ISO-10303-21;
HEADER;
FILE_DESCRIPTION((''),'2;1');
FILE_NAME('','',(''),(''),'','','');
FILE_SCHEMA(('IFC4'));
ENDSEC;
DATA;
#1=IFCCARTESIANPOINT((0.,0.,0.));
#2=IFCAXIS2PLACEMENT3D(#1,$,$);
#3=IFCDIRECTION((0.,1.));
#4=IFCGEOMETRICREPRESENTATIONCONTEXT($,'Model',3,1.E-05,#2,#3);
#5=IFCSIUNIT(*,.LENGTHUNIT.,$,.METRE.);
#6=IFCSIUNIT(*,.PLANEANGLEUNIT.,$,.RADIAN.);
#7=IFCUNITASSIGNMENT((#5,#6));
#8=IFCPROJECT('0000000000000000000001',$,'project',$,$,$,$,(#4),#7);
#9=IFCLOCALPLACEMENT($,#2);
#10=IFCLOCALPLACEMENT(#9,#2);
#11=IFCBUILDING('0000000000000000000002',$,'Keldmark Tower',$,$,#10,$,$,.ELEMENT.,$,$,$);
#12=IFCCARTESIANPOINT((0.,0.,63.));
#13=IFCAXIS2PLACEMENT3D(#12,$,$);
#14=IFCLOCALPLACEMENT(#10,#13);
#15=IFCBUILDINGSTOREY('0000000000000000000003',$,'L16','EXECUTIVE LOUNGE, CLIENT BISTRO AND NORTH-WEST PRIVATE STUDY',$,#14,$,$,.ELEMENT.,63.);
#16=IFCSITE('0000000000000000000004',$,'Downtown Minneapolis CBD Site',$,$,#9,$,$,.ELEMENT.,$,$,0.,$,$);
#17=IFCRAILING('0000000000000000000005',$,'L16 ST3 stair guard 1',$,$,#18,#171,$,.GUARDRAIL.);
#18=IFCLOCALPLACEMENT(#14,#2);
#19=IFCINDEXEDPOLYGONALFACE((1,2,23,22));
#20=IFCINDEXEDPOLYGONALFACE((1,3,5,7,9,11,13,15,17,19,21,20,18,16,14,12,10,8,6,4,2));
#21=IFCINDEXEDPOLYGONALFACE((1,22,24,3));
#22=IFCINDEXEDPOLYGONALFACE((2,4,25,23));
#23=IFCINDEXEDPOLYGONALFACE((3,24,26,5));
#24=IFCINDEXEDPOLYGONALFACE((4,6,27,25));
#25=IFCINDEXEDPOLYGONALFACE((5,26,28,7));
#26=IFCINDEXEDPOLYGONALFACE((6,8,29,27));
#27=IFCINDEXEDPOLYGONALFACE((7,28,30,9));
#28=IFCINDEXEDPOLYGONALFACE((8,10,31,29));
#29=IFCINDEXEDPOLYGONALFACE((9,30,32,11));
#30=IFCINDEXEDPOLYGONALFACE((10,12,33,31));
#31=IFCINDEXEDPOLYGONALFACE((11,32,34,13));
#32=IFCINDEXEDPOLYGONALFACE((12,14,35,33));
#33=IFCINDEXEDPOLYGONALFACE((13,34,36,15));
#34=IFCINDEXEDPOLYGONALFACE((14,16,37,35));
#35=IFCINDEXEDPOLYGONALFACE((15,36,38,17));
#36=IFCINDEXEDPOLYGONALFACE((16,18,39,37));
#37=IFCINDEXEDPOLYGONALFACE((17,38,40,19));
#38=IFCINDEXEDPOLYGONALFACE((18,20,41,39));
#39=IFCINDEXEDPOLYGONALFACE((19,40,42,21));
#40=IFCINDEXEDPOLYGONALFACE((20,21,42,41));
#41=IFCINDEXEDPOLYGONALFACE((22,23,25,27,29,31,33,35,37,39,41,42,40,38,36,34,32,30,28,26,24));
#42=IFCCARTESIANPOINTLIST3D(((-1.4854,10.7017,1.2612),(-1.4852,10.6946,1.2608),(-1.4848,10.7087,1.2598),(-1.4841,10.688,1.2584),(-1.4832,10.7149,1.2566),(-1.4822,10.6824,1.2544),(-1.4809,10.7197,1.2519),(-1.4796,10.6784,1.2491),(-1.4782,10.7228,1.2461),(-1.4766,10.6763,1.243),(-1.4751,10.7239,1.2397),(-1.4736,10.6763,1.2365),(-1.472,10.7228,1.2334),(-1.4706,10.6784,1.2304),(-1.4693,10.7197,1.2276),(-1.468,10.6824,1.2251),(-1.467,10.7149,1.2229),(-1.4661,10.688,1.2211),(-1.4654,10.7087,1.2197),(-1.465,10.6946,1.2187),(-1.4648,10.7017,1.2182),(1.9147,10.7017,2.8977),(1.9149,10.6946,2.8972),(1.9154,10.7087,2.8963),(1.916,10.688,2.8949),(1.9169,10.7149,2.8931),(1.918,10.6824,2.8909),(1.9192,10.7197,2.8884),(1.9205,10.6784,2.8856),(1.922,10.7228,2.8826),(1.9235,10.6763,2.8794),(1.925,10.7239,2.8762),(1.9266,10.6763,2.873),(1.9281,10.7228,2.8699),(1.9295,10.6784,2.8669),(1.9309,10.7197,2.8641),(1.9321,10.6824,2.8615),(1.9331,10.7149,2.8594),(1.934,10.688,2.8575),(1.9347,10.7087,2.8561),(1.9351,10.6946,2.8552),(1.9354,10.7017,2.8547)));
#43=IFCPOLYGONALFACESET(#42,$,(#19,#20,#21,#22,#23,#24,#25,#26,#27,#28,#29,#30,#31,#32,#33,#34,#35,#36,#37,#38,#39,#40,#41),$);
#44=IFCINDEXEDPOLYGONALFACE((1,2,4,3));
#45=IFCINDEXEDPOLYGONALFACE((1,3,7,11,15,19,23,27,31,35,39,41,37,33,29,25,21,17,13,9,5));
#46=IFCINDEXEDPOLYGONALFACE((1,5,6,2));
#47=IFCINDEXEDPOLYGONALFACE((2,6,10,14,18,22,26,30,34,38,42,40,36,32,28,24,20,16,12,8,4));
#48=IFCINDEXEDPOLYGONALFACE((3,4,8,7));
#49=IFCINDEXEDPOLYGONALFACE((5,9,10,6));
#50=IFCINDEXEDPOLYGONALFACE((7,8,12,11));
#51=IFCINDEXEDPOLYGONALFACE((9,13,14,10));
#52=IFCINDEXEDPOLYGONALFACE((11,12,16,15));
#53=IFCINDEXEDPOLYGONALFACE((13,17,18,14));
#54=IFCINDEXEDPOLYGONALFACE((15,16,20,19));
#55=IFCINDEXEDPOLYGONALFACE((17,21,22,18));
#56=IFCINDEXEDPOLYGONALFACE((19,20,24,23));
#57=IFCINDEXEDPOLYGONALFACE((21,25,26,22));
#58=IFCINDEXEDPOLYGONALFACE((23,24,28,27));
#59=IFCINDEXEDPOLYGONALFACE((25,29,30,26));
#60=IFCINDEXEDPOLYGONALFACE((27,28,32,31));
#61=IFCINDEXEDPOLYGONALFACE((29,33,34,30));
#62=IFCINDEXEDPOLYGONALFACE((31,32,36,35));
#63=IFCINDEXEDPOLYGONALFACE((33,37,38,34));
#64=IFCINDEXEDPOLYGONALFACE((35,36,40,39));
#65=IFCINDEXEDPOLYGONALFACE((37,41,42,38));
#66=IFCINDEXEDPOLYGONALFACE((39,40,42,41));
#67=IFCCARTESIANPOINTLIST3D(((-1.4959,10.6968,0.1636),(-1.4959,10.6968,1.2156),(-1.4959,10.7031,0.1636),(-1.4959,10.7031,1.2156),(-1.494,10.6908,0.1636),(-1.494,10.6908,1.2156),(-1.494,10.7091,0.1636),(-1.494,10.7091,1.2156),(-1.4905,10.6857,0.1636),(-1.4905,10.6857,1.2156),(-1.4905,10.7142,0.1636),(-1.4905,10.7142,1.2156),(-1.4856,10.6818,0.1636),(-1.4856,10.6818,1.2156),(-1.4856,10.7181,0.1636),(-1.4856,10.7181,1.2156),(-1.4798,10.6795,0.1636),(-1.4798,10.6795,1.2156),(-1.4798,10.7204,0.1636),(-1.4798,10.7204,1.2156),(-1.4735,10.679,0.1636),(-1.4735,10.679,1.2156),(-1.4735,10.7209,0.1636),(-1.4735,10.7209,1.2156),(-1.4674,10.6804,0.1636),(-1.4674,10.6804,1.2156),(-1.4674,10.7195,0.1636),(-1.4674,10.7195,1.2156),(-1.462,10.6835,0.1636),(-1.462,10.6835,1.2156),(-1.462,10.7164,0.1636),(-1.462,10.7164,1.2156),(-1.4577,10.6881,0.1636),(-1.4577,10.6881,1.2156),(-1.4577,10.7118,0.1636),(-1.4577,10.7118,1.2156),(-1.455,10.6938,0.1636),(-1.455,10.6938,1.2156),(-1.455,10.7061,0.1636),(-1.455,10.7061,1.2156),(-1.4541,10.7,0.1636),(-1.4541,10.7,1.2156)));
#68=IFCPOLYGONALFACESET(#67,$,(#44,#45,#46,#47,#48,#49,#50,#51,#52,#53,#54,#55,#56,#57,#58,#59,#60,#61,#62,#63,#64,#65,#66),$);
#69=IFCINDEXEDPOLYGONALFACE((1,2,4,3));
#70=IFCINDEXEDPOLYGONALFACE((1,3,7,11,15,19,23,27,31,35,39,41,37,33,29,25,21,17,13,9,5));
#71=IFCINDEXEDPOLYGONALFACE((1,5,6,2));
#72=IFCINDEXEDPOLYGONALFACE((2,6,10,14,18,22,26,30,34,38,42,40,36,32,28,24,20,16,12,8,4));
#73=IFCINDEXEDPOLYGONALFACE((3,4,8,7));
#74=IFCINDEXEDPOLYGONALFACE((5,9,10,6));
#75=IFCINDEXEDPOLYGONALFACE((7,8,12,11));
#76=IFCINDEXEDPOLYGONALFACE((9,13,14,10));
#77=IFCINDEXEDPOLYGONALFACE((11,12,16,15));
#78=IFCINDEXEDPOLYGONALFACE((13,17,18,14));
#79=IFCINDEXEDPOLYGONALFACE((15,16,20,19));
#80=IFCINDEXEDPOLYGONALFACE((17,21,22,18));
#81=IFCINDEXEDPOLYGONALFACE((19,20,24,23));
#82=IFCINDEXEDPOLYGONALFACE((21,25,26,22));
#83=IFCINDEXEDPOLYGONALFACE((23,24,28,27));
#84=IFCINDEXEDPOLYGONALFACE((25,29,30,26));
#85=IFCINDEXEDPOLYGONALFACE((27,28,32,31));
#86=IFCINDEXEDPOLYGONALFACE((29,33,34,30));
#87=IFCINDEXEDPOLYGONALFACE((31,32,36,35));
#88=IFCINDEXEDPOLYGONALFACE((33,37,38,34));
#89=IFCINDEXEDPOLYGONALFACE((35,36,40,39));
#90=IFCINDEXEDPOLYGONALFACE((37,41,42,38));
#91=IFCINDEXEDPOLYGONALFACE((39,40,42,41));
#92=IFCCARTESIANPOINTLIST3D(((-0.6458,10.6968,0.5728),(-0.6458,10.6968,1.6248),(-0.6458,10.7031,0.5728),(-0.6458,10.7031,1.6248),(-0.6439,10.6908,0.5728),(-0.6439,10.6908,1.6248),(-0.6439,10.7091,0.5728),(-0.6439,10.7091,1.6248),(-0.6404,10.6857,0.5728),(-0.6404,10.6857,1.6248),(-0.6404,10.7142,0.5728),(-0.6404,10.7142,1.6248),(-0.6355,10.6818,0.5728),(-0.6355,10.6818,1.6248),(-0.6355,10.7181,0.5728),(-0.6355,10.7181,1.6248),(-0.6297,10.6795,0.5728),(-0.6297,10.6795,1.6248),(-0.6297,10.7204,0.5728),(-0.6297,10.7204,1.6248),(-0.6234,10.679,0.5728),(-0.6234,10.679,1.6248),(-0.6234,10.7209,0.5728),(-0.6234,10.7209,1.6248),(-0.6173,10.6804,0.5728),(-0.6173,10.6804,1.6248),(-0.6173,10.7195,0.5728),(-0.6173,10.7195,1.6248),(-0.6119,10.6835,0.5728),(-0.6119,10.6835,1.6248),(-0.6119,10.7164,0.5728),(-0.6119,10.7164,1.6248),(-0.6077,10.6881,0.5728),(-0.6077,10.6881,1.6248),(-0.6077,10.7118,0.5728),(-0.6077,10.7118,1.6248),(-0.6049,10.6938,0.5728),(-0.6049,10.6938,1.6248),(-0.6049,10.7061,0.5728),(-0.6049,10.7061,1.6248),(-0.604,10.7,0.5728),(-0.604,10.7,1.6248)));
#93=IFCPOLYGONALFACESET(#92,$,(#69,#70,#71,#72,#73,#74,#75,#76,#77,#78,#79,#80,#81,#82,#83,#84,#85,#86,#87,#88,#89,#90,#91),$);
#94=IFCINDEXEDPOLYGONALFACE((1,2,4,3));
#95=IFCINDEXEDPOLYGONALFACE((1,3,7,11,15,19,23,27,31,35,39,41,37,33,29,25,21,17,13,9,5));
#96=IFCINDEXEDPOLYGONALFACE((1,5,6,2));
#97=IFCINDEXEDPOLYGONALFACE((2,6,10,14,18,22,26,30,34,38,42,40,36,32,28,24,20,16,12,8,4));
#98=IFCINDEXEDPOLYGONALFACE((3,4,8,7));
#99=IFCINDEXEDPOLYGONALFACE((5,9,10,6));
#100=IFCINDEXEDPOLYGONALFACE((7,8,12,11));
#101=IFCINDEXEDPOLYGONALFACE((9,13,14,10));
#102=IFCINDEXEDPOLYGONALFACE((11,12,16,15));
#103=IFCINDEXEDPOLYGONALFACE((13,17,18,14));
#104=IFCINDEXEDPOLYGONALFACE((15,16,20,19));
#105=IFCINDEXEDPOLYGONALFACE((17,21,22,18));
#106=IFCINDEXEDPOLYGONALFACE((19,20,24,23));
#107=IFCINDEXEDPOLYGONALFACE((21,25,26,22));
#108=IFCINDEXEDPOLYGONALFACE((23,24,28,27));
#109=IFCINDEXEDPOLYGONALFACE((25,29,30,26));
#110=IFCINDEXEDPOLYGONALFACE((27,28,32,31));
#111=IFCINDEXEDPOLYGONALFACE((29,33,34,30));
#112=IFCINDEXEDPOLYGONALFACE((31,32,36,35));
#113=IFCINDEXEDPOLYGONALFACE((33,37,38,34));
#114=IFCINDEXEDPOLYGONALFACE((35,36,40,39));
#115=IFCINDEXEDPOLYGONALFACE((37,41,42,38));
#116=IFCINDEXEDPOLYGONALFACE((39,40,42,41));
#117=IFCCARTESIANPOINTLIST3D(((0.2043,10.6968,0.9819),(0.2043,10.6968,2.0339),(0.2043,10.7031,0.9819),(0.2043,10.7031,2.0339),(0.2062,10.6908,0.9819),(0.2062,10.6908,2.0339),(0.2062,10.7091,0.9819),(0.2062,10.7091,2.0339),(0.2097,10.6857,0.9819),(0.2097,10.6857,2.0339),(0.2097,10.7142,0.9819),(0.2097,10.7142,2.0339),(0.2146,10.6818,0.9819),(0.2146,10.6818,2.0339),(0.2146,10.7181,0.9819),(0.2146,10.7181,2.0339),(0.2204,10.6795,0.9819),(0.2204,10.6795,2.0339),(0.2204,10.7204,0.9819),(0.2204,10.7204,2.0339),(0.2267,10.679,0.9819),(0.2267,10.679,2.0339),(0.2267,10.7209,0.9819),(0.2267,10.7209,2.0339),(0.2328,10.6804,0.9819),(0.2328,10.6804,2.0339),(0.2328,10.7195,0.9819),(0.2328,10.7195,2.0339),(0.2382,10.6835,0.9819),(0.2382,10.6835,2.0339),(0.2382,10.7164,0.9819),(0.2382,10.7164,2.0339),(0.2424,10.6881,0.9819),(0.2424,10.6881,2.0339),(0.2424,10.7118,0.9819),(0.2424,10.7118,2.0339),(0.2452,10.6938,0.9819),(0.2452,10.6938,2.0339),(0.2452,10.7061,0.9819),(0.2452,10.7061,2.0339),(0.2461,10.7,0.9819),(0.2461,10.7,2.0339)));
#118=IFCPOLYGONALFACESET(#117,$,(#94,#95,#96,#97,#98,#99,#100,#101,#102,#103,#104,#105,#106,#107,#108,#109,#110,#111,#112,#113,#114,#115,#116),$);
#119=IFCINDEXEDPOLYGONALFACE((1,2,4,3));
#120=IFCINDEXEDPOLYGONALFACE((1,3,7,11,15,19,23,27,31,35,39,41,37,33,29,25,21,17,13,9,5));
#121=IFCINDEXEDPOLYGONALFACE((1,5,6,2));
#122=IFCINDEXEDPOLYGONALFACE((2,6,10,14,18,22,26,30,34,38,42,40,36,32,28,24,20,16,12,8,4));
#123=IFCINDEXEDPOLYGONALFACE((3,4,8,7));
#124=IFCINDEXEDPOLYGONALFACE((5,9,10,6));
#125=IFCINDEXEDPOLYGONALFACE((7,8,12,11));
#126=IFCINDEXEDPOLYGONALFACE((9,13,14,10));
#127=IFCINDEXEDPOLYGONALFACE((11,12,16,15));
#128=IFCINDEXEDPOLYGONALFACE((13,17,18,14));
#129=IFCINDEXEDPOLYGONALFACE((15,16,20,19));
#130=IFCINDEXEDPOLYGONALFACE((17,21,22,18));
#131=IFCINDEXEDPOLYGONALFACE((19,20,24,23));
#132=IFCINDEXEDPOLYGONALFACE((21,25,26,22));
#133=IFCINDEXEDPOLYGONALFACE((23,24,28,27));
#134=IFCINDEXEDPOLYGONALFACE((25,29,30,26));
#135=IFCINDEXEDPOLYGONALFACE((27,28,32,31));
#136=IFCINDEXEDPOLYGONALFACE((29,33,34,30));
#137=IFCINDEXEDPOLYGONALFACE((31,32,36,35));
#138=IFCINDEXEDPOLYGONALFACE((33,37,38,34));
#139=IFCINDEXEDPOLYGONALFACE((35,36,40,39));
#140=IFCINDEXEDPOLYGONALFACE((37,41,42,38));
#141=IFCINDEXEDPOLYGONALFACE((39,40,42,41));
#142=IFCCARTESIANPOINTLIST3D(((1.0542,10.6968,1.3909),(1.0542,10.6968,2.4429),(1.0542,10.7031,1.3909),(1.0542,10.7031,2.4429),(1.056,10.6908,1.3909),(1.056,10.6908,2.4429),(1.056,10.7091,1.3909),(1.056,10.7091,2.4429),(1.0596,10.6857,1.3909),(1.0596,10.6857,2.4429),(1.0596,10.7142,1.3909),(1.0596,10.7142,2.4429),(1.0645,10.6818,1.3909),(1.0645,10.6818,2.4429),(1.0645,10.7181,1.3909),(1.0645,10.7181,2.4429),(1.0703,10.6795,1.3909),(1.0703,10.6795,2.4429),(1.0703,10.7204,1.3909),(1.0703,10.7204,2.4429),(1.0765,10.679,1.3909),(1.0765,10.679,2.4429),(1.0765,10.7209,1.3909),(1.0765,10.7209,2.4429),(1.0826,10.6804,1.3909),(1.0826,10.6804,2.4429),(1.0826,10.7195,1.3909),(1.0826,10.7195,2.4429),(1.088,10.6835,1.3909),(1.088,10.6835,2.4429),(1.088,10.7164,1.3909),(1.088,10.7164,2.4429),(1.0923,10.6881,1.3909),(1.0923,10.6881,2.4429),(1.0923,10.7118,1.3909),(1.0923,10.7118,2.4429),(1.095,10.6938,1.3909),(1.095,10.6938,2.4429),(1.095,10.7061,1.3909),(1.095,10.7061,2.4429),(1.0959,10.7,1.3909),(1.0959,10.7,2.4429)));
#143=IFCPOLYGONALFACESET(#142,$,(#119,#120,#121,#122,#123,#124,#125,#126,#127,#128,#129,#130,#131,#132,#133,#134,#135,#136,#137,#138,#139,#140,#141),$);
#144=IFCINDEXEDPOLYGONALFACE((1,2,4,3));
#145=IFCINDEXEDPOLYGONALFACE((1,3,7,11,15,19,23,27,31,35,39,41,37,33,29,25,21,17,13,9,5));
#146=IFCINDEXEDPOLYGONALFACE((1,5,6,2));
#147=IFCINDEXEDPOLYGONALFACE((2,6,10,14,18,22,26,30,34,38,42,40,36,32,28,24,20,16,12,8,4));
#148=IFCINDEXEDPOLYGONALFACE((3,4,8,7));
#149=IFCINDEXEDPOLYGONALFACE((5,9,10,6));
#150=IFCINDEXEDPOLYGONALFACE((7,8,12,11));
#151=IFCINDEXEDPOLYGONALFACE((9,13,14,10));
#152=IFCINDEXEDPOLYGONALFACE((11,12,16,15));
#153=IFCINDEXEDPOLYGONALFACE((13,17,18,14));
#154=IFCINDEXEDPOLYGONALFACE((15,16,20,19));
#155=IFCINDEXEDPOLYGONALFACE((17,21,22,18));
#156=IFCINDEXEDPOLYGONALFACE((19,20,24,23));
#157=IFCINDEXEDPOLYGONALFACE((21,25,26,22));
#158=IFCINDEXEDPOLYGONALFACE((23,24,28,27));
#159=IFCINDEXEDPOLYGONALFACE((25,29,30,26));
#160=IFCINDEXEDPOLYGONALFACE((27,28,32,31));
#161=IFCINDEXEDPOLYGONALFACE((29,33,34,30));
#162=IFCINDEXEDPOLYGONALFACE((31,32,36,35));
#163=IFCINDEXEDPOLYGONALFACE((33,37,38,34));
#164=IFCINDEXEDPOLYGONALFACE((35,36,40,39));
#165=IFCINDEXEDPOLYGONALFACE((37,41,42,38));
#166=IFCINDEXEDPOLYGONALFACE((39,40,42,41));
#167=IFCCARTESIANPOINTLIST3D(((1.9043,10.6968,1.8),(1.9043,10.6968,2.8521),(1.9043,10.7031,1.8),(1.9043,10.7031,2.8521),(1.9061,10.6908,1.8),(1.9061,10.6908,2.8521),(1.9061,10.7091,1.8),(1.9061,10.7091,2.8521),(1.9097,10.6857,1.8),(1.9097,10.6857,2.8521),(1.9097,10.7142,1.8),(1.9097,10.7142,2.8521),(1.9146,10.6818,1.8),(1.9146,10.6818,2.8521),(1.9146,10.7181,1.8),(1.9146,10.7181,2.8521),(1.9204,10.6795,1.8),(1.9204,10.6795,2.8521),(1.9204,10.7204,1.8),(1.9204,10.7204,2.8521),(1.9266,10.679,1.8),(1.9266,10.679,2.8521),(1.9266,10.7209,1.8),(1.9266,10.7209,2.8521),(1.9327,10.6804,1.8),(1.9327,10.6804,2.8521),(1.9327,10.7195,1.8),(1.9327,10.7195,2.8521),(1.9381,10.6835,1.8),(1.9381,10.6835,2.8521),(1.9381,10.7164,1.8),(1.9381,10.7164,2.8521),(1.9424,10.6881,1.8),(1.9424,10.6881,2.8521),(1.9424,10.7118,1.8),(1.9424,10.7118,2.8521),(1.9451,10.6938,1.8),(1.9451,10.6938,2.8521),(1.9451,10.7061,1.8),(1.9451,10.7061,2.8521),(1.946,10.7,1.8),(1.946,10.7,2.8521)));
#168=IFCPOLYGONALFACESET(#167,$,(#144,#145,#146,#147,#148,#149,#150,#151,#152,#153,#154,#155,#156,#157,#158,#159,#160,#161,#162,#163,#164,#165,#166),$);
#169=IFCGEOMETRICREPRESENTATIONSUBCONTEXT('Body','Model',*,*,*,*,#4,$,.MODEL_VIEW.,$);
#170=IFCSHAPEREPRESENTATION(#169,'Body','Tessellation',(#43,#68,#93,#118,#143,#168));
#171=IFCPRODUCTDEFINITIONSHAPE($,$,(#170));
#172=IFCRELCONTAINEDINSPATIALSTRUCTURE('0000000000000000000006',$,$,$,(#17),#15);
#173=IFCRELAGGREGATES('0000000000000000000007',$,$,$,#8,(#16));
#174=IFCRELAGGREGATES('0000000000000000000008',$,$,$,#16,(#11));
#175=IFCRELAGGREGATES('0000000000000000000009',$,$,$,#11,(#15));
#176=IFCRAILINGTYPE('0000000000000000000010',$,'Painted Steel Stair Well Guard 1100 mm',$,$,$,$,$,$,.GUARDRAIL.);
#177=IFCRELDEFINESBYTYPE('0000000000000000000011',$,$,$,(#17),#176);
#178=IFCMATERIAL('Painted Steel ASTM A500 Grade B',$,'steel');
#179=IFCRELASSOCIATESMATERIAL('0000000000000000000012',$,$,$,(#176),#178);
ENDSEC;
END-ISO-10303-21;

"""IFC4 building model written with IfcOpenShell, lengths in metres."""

from ifc_helpers import new_model, si_unit, direction, frame, origin, origin_2d, place, context, subcontext, project, spatial, circle, extrude, material, type_object, element, save


model = new_model("IFC4")

# Units and contexts
model_context = context("Model", 3, precision=1e-05, world=origin(), true_north=direction((0.0, 1.0)))
body_context = subcontext(model_context, "Body", "Model", "MODEL_VIEW")
ifc_project = project(units=[si_unit("LENGTHUNIT", "METRE"), si_unit("PLANEANGLEUNIT", "RADIAN")], contexts=[model_context])

# Site, building, storey
site_placement = place(None, origin())
site = spatial("IfcSite", under=ifc_project, at=site_placement, Name="Downtown Minneapolis CBD Site", CompositionType="ELEMENT", RefElevation=0.0)
building_placement = place(site_placement, origin())
building = spatial("IfcBuilding", under=site, at=building_placement, Name="Keldmark Tower", CompositionType="ELEMENT")
storey_placement = place(building_placement, frame((0.0, 0.0, 63.0)))
storey = spatial("IfcBuildingStorey", under=building, at=storey_placement, Name="L16", Description="EXECUTIVE LOUNGE, CLIENT BISTRO AND NORTH-WEST PRIVATE STUDY", CompositionType="ELEMENT", Elevation=63.0)

# Railing
ifc_material_1 = material(Name="Painted Steel ASTM A500 Grade B", Category="steel")
railing_type = type_object("IfcRailingType", Name="Painted Steel Stair Well Guard 1100 mm", PredefinedType="GUARDRAIL", material=ifc_material_1)
railing_1_placement = place(storey_placement, frame((-1.4751, 10.7, 0.1636)))
element("IfcRailing", 1, at=railing_1_placement, inside=storey, type_object=railing_type, Name="L16 ST3 stair guard 1", PredefinedType="GUARDRAIL", context=body_context, shape_type="SweptSolid", body=[
    extrude(circle(Radius=0.0239, at=origin_2d()), frame((0.0, 0.0, 1.0762), z_axis=(0.901067, 0.0, 0.433679), x_axis=(0.0, 1.0, 0.0)), (0.0, 0.0, 1.0), 3.7734),
    extrude(circle(Radius=0.021, at=origin_2d()), origin(), (0.0, 0.0, 1.0), 1.052),
    extrude(circle(Radius=0.021, at=origin_2d()), frame((0.8501, 0.0, 0.4092)), (0.0, 0.0, 1.0), 1.052),
    extrude(circle(Radius=0.021, at=origin_2d()), frame((1.7002, 0.0, 0.8184)), (0.0, 0.0, 1.0), 1.052),
    extrude(circle(Radius=0.021, at=origin_2d()), frame((2.55, 0.0, 1.2273)), (0.0, 0.0, 1.0), 1.052),
    extrude(circle(Radius=0.021, at=origin_2d()), frame((3.4001, 0.0, 1.6365)), (0.0, 0.0, 1.0), 1.052),
])

save(model, "model.ifc")
